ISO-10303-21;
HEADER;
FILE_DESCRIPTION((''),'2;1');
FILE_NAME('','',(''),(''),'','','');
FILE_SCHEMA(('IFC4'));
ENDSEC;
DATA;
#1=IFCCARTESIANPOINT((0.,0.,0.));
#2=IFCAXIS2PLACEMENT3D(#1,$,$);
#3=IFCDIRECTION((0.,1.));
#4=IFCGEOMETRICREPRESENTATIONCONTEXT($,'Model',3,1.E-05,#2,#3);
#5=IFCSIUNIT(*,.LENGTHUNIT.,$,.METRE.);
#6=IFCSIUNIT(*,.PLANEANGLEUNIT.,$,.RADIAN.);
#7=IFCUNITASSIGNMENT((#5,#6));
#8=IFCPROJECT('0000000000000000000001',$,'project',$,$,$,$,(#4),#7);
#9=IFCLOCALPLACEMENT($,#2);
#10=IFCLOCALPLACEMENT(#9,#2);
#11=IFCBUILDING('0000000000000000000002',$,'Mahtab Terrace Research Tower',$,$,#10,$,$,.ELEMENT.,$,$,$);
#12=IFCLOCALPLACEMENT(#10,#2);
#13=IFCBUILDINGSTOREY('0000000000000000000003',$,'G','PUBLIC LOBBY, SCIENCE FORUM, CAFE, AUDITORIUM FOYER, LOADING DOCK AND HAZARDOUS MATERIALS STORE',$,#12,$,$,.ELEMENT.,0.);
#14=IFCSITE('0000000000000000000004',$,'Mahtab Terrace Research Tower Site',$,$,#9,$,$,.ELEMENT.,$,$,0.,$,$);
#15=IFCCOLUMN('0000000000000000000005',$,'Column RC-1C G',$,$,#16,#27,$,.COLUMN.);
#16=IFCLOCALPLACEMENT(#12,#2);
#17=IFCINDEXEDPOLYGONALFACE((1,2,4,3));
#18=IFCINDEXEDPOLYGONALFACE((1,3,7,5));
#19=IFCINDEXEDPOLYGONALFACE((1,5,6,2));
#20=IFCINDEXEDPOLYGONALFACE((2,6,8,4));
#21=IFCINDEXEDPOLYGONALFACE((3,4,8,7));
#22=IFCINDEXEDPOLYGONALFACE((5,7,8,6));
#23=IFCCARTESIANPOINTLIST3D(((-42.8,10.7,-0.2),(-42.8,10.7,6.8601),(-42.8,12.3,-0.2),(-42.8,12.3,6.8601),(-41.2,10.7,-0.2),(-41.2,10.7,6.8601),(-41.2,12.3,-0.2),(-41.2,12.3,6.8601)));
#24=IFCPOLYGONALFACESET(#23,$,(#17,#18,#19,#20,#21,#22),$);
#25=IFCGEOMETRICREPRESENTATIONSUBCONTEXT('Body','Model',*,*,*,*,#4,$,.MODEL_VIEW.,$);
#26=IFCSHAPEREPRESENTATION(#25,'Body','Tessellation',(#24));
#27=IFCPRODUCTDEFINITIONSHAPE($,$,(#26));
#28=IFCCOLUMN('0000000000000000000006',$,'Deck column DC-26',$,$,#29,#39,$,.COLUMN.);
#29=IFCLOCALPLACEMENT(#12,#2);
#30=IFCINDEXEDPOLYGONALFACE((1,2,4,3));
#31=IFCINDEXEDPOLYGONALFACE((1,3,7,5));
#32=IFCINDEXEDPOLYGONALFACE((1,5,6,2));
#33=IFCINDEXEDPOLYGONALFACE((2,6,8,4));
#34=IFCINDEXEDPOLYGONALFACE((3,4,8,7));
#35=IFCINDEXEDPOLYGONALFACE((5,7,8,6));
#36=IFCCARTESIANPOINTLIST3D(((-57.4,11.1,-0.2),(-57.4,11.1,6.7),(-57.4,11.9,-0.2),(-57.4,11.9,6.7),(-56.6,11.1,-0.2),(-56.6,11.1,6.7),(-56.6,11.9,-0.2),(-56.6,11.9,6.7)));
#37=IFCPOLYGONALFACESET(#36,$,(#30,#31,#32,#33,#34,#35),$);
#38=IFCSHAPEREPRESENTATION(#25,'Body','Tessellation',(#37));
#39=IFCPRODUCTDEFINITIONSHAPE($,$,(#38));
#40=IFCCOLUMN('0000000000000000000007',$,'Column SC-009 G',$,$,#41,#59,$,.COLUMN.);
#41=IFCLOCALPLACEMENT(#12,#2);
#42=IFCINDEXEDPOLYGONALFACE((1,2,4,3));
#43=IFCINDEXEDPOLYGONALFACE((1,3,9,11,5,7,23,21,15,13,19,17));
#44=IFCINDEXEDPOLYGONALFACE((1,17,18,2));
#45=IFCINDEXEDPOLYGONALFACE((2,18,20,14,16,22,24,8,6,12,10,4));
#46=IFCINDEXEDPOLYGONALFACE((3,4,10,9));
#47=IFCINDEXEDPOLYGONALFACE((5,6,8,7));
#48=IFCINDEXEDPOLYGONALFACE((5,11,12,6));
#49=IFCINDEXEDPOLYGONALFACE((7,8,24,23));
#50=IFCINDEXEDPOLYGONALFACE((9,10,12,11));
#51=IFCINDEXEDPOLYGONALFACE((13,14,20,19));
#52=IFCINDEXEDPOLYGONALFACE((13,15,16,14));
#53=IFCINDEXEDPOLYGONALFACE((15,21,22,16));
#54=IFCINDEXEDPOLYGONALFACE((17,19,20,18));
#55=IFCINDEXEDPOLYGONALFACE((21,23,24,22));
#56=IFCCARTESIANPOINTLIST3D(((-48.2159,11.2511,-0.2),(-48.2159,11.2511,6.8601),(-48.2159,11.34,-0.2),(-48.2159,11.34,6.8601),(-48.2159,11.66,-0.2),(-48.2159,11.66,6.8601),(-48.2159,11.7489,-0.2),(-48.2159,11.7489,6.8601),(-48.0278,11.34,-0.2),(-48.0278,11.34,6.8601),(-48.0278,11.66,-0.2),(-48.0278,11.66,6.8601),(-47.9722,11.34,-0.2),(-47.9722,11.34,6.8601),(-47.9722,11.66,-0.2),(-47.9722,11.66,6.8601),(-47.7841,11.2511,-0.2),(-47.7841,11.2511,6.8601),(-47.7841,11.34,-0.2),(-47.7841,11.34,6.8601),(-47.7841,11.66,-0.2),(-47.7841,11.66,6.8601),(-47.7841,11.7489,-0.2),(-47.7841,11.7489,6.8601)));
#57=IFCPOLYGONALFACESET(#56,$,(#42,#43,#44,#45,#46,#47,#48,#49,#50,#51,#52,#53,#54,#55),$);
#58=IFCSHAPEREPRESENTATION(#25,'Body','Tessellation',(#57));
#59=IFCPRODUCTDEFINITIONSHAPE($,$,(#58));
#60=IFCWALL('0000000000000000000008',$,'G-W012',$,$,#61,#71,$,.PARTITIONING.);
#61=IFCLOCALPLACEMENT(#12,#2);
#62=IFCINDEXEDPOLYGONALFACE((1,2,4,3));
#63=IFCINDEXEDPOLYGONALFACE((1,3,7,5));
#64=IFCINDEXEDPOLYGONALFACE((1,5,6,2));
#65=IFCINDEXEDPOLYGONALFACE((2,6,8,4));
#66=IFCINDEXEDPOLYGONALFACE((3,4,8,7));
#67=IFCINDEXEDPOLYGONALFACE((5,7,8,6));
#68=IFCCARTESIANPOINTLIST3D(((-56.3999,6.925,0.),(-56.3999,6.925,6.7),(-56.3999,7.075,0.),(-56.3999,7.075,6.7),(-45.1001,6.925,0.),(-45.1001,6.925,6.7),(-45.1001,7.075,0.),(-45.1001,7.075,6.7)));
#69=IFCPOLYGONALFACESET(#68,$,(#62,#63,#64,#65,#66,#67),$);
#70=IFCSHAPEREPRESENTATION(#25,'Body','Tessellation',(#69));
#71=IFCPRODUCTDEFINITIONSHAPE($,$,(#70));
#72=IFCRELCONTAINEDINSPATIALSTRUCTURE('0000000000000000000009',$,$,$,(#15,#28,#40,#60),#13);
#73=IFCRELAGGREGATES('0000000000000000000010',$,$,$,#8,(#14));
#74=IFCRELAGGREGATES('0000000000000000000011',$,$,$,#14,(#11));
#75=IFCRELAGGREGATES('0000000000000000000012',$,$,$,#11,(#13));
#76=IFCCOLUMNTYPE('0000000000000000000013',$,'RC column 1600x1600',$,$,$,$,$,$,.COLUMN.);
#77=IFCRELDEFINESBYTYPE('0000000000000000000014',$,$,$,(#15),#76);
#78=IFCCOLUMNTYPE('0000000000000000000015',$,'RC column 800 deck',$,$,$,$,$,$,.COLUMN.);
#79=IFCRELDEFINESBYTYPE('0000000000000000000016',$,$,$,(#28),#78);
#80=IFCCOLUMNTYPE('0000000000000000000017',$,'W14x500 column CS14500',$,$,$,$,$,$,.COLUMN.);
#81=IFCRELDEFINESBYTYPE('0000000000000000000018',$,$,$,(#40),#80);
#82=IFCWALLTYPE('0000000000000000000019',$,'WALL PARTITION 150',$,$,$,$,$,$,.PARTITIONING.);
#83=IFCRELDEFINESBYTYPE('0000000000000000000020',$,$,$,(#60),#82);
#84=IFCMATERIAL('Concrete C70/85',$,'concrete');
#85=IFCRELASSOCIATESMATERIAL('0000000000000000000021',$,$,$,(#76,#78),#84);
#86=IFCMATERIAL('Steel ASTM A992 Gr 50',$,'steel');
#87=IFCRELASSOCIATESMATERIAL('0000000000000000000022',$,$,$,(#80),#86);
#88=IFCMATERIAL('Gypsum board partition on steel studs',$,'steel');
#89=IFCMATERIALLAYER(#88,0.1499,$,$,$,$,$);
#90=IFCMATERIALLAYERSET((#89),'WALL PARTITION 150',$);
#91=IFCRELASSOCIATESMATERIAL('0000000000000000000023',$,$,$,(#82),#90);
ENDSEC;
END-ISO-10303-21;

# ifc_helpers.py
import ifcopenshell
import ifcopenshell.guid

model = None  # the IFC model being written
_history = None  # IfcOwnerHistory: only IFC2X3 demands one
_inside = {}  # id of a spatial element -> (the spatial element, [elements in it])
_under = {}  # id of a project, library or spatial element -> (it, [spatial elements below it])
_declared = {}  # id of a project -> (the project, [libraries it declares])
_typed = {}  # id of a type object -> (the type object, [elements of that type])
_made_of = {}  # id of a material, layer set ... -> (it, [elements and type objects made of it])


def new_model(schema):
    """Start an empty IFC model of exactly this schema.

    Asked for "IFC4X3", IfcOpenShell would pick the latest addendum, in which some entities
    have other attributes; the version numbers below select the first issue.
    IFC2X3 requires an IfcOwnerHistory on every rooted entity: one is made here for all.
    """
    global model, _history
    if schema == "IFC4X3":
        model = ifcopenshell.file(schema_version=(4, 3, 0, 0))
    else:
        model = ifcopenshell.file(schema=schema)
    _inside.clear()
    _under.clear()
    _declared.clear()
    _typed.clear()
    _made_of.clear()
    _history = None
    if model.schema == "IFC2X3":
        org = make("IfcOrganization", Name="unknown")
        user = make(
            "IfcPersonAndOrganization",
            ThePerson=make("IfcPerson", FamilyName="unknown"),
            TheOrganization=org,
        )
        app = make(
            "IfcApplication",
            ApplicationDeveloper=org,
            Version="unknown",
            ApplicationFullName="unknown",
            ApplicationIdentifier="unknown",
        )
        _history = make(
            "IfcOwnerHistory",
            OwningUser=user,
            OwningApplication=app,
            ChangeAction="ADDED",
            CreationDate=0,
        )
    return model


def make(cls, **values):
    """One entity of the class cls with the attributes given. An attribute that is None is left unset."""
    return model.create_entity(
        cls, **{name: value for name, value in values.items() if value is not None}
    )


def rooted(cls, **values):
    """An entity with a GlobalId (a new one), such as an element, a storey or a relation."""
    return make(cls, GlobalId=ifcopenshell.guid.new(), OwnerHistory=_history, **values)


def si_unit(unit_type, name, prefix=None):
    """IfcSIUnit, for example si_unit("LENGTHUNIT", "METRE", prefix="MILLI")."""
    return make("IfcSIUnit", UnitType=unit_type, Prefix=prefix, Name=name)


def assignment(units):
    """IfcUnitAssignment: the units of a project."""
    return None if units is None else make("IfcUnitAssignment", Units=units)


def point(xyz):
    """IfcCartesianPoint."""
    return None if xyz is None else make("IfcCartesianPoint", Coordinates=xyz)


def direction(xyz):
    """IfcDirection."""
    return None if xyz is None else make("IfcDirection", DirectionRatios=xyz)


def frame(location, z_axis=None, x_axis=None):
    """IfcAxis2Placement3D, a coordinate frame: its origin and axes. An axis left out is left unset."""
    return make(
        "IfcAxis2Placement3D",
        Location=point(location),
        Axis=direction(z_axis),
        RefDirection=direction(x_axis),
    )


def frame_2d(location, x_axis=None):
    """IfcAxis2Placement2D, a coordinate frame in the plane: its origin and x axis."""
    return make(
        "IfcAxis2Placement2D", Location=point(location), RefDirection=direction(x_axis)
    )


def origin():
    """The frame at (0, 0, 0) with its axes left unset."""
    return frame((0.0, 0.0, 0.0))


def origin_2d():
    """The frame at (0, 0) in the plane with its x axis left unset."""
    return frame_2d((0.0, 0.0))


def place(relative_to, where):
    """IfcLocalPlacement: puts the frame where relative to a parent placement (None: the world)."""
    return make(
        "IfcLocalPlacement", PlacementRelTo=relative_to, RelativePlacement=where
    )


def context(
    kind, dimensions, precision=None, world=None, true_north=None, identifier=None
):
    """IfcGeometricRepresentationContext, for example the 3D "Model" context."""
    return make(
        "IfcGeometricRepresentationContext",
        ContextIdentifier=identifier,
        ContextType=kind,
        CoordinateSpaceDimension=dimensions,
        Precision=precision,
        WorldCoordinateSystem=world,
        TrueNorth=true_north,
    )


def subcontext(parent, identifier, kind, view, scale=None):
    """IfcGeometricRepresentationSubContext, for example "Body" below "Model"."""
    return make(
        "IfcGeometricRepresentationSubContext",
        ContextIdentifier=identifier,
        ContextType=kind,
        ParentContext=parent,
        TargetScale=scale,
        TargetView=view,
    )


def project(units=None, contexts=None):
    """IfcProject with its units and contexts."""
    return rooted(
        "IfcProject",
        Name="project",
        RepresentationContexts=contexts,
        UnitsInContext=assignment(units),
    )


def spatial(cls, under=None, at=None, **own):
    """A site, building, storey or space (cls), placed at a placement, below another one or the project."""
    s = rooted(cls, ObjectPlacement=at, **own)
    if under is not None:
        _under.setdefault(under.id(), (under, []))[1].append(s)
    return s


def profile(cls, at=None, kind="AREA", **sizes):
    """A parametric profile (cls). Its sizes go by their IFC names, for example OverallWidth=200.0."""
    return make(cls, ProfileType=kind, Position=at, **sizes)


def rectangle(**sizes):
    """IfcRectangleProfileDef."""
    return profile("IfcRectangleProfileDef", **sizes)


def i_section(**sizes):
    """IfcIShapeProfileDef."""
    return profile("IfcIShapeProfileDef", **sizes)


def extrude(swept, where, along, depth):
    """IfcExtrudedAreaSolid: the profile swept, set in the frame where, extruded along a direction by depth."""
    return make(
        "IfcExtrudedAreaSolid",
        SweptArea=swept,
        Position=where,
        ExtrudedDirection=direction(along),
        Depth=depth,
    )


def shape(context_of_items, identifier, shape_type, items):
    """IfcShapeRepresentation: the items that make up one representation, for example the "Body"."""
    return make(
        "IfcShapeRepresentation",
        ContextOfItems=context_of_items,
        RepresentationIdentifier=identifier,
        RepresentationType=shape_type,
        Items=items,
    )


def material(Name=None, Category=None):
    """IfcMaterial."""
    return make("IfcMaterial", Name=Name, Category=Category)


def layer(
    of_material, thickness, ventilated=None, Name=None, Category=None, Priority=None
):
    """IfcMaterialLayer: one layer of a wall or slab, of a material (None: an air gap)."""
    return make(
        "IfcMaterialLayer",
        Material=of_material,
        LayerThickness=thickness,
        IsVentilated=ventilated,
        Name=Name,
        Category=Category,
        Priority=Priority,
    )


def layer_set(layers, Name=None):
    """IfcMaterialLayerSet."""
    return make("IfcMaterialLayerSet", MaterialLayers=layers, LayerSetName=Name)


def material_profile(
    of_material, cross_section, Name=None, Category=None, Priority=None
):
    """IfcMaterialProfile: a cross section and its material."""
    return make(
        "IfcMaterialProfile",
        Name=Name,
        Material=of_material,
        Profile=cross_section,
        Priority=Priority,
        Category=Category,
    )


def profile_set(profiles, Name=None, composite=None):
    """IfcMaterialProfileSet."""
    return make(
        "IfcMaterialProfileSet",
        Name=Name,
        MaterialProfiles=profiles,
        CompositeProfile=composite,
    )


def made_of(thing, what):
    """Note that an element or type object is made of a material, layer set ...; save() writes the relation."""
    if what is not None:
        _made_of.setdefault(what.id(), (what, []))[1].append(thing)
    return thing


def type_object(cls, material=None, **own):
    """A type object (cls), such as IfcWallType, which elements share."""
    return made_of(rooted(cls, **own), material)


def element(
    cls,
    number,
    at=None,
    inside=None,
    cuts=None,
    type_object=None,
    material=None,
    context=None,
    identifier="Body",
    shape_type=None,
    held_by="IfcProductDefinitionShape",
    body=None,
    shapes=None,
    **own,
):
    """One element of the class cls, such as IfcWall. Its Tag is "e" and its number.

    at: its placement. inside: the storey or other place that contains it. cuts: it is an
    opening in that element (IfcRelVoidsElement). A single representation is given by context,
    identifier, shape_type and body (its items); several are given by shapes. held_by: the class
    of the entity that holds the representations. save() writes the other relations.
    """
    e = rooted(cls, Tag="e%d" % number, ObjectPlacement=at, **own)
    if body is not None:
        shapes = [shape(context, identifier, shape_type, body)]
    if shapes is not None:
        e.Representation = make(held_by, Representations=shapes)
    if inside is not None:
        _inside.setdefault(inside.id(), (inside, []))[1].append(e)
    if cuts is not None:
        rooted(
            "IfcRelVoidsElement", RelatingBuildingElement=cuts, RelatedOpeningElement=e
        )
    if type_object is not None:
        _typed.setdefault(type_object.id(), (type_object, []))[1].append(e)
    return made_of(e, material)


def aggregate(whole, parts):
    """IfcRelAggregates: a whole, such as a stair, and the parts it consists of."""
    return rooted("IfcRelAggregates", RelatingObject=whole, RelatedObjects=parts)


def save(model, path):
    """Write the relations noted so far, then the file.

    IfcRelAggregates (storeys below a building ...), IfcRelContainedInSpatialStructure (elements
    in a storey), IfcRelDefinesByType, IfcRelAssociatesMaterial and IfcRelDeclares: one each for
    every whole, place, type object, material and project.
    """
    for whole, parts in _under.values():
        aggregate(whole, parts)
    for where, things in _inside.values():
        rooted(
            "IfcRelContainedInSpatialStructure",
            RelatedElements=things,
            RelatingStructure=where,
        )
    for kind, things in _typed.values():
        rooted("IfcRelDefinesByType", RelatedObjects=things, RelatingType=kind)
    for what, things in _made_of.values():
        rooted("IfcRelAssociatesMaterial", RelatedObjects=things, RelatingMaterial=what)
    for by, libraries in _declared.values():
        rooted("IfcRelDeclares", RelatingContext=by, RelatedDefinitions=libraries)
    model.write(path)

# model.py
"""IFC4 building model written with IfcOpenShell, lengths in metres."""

from ifc_helpers import new_model, si_unit, direction, frame, frame_2d, origin, origin_2d, place, context, subcontext, project, spatial, rectangle, i_section, extrude, material, layer, layer_set, material_profile, profile_set, type_object, element, save


model = new_model("IFC4")

# Units and contexts
model_context = context("Model", 3, precision=1e-05, world=origin(), true_north=direction((0.0, 1.0)))
body_context = subcontext(model_context, "Body", "Model", "MODEL_VIEW")
ifc_project = project(units=[si_unit("LENGTHUNIT", "METRE"), si_unit("PLANEANGLEUNIT", "RADIAN")], contexts=[model_context])

# Site, building, storey
site_placement = place(None, origin())
site = spatial("IfcSite", under=ifc_project, at=site_placement, Name="Mahtab Terrace Research Tower Site", CompositionType="ELEMENT", RefElevation=0.0)
building_placement = place(site_placement, origin())
building = spatial("IfcBuilding", under=site, at=building_placement, Name="Mahtab Terrace Research Tower", CompositionType="ELEMENT")
storey_placement = place(building_placement, origin())
storey = spatial("IfcBuildingStorey", under=building, at=storey_placement, Name="G", Description="PUBLIC LOBBY, SCIENCE FORUM, CAFE, AUDITORIUM FOYER, LOADING DOCK AND HAZARDOUS MATERIALS STORE", CompositionType="ELEMENT", Elevation=0.0)

# Columns
ifc_material_1 = material(Name="Concrete C70/85", Category="concrete")
ifc_material_profile_1 = material_profile(ifc_material_1, rectangle(XDim=1.6001, YDim=1.6001, at=origin_2d()), Name="RC column 1600x1600")
ifc_profile_set_1 = profile_set([ifc_material_profile_1], Name="Concrete C70/85")
column_type_1 = type_object("IfcColumnType", Name="RC column 1600x1600", PredefinedType="COLUMN", material=ifc_profile_set_1)
column_1_placement = place(storey_placement, frame((-42.0, 11.5, -0.2), z_axis=(0.0, 0.0, 1.0), x_axis=(1.0, 0.0, 0.0)))
element("IfcColumn", 1, at=column_1_placement, inside=storey, type_object=column_type_1, Name="Column RC-1C G", PredefinedType="COLUMN", context=body_context, shape_type="SweptSolid", body=[
    extrude(rectangle(XDim=1.6001, YDim=1.6001, at=origin_2d()), origin(), (0.0, 0.0, 1.0), 7.0601),
])
ifc_material_profile_2 = material_profile(ifc_material_1, rectangle(XDim=0.8, YDim=0.8, at=origin_2d()), Name="RC column 800 deck")
ifc_profile_set_2 = profile_set([ifc_material_profile_2], Name="Concrete C70/85")
column_type_2 = type_object("IfcColumnType", Name="RC column 800 deck", PredefinedType="COLUMN", material=ifc_profile_set_2)
column_2_placement = place(storey_placement, frame((-57.0, 11.5, -0.2), z_axis=(0.0, 0.0, 1.0), x_axis=(1.0, 0.0, 0.0)))
element("IfcColumn", 2, at=column_2_placement, inside=storey, type_object=column_type_2, Name="Deck column DC-26", PredefinedType="COLUMN", context=body_context, shape_type="SweptSolid", body=[
    extrude(rectangle(XDim=0.8, YDim=0.8, at=origin_2d()), origin(), (0.0, 0.0, 1.0), 6.8999),
])
ifc_material_2 = material(Name="Steel ASTM A992 Gr 50", Category="steel")
ifc_material_profile_3 = material_profile(ifc_material_2, i_section(OverallWidth=0.4319, OverallDepth=0.4978, WebThickness=0.0557, FlangeThickness=0.0889, at=origin_2d()), Name="W14X500")
ifc_profile_set_3 = profile_set([ifc_material_profile_3], Name="Steel ASTM A992 Gr 50")
column_type_3 = type_object("IfcColumnType", Name="W14x500 column CS14500", PredefinedType="COLUMN", material=ifc_profile_set_3)
column_3_placement = place(storey_placement, frame((-48.0, 11.5, -0.2), z_axis=(0.0, 0.0, 1.0), x_axis=(1.0, 0.0, 0.0)))
element("IfcColumn", 3, at=column_3_placement, inside=storey, type_object=column_type_3, Name="Column SC-009 G", PredefinedType="COLUMN", context=body_context, shape_type="SweptSolid", body=[
    extrude(i_section(OverallWidth=0.4319, OverallDepth=0.4978, WebThickness=0.0557, FlangeThickness=0.0889, at=origin_2d()), origin(), (0.0, 0.0, 1.0), 7.0601),
])

# Wall
ifc_material_3 = material(Name="Gypsum board partition on steel studs", Category="steel")
ifc_layer_1 = layer(ifc_material_3, 0.1499)
ifc_layer_set_1 = layer_set([ifc_layer_1], Name="WALL PARTITION 150")
wall_type = type_object("IfcWallType", Name="WALL PARTITION 150", PredefinedType="PARTITIONING", material=ifc_layer_set_1)
wall_placement = place(storey_placement, frame((-56.3999, 7.0, 0.0), z_axis=(0.0, 0.0, 1.0), x_axis=(1.0, 0.0, 0.0)))
element("IfcWall", 4, at=wall_placement, inside=storey, type_object=wall_type, Name="G-W012", PredefinedType="PARTITIONING", context=body_context, shape_type="SweptSolid", body=[
    extrude(rectangle(XDim=11.2998, YDim=0.1499, at=frame_2d((5.6499, 0.0))), origin(), (0.0, 0.0, 1.0), 6.7),
])

save(model, "model.ifc")
